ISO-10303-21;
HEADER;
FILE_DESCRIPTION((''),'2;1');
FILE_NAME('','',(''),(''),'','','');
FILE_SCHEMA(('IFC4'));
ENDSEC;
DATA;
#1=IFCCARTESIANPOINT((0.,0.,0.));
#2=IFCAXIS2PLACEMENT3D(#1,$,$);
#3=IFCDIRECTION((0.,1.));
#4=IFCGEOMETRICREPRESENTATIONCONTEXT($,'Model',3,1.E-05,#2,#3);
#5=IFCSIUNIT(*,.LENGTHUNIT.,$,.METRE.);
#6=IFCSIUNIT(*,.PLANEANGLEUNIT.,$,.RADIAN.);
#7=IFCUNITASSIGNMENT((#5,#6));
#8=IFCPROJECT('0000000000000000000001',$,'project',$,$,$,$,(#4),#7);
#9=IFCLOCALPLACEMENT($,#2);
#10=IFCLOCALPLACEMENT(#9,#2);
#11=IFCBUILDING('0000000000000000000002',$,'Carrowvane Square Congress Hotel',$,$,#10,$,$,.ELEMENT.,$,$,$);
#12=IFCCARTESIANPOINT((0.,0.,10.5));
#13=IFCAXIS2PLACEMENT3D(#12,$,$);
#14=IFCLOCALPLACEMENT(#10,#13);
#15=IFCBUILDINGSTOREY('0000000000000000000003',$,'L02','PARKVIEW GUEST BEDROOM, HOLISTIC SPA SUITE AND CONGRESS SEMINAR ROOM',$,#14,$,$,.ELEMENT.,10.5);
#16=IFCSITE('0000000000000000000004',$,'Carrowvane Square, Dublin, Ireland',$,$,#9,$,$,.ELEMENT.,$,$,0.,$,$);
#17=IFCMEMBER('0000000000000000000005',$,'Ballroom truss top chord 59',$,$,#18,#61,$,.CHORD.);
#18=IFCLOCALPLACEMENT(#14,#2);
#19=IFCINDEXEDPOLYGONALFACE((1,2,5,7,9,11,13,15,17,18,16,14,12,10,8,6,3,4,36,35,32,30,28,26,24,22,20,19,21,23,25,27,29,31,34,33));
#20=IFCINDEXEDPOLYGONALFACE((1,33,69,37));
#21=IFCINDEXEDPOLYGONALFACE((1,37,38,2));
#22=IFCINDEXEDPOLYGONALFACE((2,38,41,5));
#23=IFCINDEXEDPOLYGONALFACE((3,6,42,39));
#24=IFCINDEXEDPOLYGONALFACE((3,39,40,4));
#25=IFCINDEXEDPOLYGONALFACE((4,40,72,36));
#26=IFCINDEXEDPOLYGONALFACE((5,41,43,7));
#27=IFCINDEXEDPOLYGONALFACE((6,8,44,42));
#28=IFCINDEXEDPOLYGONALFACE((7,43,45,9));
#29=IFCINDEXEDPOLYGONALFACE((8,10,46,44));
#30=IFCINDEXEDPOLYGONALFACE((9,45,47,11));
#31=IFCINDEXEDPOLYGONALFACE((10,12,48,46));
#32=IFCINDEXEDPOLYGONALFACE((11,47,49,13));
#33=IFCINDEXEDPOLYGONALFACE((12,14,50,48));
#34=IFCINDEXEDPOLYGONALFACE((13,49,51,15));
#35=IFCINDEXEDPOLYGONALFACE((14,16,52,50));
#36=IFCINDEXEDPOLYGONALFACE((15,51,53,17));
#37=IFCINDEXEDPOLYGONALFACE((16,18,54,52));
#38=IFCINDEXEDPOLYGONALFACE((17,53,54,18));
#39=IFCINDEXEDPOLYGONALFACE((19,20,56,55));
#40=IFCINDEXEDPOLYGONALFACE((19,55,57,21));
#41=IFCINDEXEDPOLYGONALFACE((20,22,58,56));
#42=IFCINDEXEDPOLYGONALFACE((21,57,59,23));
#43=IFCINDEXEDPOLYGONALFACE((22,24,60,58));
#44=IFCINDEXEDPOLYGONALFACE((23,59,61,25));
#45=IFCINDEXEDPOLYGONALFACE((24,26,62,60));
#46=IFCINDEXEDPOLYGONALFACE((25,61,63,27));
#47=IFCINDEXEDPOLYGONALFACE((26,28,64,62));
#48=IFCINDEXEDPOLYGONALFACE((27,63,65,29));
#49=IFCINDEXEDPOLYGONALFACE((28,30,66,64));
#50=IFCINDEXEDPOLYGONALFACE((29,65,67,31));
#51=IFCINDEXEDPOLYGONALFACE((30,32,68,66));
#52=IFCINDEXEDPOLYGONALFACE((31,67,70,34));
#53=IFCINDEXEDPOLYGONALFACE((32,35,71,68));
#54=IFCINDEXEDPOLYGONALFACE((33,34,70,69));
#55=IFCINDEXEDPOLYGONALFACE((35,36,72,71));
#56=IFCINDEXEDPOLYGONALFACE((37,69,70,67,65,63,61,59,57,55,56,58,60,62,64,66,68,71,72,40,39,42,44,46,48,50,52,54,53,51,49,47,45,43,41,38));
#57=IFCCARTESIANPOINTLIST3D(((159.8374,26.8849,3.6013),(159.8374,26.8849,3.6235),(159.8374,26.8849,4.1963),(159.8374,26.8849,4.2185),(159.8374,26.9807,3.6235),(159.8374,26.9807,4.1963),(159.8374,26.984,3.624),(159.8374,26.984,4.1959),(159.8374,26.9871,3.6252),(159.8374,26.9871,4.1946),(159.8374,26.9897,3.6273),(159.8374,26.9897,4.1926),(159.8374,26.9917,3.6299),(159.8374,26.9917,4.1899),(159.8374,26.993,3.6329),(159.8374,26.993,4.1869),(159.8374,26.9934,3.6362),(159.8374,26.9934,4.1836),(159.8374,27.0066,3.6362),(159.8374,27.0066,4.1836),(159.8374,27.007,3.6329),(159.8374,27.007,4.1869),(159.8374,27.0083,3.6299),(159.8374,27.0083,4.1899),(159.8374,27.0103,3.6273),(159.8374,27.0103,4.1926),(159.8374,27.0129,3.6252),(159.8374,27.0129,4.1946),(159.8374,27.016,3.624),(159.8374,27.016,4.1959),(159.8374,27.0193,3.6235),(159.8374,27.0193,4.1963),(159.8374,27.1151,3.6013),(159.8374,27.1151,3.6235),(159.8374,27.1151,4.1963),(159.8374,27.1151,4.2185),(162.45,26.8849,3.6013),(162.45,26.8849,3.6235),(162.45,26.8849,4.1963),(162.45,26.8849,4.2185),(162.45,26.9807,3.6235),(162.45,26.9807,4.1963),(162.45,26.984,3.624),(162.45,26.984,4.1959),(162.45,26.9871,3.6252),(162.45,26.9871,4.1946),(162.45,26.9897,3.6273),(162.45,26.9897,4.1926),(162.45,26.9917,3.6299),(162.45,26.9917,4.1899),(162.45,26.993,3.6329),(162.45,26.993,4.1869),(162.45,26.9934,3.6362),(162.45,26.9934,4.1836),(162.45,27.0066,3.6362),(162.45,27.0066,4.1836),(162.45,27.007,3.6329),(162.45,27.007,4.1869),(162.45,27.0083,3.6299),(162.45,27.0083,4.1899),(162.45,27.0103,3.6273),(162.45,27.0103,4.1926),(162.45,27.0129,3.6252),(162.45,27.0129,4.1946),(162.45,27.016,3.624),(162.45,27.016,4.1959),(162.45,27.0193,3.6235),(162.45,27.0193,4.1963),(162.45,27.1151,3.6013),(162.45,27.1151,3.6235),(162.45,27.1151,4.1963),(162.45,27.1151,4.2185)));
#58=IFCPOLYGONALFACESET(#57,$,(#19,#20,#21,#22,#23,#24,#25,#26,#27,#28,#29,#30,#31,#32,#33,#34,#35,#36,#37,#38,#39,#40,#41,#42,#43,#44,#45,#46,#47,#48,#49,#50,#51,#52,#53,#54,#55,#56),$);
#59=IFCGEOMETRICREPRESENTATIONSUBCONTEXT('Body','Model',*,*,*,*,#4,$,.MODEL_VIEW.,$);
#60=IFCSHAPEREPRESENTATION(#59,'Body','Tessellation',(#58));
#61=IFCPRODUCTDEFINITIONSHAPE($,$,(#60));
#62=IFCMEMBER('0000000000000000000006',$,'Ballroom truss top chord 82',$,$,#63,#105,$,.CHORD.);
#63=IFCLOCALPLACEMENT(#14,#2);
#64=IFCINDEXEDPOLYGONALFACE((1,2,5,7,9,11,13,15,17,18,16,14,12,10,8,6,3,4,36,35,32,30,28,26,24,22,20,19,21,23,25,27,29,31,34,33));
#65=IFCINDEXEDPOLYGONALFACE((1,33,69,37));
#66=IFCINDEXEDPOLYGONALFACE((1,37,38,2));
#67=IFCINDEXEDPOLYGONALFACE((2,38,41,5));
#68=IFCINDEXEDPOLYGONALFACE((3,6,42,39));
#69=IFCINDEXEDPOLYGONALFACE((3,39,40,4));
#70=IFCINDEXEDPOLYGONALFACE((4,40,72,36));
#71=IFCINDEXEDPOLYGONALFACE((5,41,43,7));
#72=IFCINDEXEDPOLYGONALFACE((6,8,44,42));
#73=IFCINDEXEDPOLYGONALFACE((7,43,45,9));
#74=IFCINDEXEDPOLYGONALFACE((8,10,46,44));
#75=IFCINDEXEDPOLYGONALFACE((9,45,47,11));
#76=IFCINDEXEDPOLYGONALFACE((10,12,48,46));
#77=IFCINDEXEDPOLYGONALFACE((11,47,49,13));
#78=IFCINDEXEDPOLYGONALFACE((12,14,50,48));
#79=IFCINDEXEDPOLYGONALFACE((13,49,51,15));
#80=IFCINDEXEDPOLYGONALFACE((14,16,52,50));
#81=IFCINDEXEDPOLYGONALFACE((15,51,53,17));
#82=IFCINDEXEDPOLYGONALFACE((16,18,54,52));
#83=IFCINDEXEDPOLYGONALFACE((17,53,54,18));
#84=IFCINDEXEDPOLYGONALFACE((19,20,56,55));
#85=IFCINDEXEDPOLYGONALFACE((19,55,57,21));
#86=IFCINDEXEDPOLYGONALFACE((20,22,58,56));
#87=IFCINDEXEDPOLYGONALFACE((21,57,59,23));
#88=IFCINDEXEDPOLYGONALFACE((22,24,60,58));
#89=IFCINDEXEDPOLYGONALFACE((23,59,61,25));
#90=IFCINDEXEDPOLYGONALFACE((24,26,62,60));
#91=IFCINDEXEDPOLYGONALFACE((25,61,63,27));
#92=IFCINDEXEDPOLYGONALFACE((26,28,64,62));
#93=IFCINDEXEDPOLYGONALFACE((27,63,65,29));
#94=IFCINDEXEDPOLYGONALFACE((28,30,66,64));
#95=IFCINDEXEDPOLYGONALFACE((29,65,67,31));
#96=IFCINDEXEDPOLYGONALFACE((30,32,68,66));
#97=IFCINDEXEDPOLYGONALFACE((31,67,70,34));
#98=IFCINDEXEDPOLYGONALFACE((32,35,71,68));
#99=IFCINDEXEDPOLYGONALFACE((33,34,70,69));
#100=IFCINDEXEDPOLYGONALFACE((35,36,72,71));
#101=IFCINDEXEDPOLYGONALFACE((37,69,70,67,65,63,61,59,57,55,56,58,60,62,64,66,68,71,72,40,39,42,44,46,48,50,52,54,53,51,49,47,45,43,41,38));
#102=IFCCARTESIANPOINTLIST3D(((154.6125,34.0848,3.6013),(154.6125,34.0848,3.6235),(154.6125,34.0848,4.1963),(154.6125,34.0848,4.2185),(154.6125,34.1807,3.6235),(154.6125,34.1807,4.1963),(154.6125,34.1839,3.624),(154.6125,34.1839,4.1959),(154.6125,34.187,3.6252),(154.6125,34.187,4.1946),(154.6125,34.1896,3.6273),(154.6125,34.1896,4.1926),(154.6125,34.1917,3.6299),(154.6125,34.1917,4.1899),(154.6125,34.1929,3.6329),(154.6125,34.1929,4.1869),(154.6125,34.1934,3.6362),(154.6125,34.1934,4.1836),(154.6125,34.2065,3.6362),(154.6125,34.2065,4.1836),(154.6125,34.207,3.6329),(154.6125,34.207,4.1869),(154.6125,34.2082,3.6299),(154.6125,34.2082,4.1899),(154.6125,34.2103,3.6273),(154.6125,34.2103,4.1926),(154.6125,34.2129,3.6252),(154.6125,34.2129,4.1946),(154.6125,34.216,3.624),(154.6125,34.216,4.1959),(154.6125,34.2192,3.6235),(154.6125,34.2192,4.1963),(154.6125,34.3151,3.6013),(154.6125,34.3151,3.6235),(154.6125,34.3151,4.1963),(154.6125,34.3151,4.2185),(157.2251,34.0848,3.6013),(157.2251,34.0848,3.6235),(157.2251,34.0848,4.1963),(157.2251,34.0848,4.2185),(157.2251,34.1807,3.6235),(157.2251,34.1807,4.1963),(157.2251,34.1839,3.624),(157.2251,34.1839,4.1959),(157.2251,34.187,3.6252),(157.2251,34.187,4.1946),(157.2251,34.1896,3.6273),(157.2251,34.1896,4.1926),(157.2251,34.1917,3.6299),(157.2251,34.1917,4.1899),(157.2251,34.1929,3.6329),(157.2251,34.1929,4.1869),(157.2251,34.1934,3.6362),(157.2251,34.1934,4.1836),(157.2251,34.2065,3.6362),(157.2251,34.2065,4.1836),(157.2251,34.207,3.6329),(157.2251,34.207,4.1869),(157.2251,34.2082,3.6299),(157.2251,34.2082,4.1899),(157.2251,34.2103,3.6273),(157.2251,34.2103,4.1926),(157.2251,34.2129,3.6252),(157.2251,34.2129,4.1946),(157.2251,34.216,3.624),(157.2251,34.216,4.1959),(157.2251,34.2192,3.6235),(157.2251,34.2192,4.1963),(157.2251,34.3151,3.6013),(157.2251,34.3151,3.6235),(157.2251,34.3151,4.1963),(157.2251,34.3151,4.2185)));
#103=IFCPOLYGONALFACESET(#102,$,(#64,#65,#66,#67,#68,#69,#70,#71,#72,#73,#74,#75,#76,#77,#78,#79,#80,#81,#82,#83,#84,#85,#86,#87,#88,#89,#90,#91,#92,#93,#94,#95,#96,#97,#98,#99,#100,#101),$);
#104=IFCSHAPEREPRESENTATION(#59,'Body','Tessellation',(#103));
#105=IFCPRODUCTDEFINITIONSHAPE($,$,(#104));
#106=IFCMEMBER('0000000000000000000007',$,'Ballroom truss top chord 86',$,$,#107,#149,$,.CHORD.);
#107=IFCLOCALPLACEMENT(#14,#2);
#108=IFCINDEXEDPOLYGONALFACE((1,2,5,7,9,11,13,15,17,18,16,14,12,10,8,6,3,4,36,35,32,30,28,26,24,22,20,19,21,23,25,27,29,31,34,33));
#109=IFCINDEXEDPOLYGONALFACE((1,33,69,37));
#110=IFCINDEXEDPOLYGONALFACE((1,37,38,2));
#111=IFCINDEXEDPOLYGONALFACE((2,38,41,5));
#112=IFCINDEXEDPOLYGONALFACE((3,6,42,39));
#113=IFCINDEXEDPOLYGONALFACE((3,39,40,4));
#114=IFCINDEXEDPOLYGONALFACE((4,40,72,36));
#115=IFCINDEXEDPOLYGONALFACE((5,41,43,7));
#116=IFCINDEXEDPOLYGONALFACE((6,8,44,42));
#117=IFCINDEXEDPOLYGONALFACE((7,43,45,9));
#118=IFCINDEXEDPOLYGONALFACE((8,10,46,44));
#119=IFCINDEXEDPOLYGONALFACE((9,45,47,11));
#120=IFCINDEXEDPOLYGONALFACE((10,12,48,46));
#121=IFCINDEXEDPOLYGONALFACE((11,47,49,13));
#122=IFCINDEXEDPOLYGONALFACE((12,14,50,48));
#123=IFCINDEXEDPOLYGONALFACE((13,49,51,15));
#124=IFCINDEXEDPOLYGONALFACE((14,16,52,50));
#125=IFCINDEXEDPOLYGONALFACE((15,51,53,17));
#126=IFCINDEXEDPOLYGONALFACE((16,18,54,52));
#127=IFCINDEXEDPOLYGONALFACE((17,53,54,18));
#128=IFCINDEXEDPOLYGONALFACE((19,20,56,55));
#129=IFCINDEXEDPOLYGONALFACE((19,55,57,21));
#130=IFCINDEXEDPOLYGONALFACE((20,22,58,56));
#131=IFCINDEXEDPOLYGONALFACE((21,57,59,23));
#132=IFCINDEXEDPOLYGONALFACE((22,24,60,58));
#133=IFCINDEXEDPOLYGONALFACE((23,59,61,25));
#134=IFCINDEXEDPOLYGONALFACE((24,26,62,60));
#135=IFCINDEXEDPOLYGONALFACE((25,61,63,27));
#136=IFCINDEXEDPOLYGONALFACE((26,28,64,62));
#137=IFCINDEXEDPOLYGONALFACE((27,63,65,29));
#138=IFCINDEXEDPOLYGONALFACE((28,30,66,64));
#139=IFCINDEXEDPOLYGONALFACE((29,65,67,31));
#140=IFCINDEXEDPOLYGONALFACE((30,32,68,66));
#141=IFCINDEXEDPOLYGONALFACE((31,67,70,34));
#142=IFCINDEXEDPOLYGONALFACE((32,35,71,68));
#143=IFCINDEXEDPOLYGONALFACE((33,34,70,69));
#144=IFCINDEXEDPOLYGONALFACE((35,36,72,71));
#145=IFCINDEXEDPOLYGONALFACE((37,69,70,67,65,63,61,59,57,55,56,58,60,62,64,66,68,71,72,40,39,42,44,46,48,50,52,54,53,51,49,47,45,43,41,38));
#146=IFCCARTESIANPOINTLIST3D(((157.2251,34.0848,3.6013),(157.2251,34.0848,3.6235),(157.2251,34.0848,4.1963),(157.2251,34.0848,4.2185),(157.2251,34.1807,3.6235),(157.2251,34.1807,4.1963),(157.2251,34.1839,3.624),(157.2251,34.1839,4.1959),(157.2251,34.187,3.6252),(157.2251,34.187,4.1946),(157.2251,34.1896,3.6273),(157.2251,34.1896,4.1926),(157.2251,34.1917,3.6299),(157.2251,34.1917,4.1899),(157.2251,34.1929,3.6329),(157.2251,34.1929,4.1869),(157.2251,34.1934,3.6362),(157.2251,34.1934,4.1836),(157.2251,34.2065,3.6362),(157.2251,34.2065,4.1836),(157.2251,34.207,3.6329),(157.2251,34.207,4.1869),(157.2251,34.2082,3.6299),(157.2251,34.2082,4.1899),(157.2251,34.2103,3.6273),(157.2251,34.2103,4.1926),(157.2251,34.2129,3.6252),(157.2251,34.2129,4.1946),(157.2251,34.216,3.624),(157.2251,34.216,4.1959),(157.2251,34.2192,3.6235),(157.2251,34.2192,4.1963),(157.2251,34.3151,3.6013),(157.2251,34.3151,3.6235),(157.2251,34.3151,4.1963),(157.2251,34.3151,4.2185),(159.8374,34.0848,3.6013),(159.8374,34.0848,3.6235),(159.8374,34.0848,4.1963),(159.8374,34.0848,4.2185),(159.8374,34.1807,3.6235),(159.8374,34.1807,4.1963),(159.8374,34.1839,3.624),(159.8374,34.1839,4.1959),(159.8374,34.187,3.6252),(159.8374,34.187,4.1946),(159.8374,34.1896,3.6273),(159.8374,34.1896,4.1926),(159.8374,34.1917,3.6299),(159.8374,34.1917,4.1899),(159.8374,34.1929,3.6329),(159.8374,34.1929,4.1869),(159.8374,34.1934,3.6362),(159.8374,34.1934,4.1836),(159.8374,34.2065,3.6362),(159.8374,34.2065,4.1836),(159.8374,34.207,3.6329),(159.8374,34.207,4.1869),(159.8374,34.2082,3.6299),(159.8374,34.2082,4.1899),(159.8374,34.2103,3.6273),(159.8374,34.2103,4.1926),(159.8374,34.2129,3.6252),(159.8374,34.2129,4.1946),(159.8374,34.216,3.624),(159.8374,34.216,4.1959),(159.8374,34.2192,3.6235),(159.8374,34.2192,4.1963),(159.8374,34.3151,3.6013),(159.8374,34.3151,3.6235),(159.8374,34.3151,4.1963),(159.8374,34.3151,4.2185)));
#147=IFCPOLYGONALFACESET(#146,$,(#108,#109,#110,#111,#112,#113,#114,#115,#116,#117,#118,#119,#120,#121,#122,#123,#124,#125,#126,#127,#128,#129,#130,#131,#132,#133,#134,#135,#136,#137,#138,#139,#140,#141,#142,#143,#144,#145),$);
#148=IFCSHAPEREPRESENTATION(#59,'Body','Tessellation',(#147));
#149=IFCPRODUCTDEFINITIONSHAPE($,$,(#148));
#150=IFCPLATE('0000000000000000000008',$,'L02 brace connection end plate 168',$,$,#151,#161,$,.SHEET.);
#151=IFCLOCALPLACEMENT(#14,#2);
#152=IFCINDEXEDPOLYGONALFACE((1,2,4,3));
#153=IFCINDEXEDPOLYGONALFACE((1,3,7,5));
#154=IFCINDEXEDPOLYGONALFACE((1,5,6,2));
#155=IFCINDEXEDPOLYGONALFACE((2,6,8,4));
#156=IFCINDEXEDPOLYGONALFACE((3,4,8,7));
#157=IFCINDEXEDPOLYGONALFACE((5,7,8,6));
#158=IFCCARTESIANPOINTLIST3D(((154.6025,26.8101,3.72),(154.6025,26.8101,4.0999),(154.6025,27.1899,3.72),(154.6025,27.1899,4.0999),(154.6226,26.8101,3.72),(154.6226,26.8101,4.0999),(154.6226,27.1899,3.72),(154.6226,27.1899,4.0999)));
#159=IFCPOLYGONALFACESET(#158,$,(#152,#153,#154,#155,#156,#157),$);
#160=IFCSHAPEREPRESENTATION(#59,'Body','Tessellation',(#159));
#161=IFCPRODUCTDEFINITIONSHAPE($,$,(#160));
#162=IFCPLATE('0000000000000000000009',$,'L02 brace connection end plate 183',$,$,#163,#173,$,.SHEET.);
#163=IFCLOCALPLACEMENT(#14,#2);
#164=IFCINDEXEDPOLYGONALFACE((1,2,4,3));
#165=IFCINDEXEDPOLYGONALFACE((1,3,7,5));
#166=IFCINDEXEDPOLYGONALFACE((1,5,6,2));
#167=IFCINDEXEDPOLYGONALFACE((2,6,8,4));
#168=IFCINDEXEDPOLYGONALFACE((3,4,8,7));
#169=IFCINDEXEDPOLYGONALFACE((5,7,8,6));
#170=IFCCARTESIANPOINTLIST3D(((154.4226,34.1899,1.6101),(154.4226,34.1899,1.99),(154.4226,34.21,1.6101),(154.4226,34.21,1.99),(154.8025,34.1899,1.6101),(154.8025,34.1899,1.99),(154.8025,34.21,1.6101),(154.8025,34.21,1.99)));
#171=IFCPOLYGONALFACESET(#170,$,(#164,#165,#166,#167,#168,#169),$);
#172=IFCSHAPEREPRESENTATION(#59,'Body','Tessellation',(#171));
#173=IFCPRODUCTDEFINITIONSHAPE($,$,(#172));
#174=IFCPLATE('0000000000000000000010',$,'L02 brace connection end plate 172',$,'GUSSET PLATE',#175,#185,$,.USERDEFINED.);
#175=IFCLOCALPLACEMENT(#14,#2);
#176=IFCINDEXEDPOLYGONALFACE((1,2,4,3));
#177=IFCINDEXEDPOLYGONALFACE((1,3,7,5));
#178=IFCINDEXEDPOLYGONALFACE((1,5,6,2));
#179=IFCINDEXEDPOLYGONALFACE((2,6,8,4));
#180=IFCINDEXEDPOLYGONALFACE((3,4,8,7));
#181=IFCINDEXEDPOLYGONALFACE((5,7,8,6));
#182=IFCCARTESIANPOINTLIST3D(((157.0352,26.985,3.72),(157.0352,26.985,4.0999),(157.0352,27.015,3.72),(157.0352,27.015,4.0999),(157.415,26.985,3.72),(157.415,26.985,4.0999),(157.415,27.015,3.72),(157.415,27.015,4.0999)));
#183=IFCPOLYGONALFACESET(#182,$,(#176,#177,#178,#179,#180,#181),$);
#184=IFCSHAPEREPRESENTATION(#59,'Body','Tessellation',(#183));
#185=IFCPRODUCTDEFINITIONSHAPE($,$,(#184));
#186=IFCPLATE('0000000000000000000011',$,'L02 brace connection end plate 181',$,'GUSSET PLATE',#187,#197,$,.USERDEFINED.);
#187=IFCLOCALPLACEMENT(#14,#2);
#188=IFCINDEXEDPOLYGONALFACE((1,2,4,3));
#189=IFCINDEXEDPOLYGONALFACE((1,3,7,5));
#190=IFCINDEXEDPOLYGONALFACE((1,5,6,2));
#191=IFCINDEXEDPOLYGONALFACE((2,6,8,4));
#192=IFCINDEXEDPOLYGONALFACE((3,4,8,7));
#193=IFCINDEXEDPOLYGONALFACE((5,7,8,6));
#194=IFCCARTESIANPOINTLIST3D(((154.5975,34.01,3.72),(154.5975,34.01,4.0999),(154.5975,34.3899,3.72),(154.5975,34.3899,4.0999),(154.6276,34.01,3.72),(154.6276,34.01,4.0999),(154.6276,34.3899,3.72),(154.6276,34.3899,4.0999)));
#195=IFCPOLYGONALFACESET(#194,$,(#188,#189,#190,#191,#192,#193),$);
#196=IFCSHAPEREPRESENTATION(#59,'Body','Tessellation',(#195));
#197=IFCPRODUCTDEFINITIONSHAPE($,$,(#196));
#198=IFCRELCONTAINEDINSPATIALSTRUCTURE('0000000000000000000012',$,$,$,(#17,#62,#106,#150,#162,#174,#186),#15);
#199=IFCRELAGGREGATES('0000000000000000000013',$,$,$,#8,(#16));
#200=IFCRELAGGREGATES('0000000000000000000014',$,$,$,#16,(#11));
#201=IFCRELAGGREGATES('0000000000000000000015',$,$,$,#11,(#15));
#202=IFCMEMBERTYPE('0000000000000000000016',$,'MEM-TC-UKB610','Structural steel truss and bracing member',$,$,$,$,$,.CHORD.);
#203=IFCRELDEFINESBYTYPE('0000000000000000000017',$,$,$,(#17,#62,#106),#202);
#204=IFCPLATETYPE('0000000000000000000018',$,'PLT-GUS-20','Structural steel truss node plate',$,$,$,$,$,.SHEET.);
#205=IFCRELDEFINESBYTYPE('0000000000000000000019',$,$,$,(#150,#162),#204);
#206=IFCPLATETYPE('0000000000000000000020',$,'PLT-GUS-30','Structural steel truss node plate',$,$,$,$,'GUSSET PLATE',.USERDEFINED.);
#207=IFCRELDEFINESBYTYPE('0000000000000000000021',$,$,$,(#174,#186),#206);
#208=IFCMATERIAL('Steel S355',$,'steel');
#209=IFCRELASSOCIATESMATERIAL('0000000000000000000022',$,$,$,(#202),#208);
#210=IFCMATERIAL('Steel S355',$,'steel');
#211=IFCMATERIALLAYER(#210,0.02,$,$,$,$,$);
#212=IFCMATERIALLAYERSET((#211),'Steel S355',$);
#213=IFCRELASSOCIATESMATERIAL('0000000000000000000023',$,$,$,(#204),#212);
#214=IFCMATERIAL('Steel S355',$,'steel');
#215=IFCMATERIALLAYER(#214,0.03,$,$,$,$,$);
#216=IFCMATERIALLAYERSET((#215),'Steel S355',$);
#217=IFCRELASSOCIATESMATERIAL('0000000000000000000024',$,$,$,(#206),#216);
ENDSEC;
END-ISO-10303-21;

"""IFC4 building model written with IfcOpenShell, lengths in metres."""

from ifc_helpers import new_model, si_unit, direction, frame, origin, origin_2d, place, context, subcontext, project, spatial, rectangle, i_section, extrude, material, layer, layer_set, material_profile, profile_set, type_object, element, save


model = new_model("IFC4")

# Units and contexts
model_context = context("Model", 3, precision=1e-05, world=origin(), true_north=direction((0.0, 1.0)))
body_context = subcontext(model_context, "Body", "Model", "MODEL_VIEW")
ifc_project = project(units=[si_unit("LENGTHUNIT", "METRE"), si_unit("PLANEANGLEUNIT", "RADIAN")], contexts=[model_context])

# Site, building, storey
site_placement = place(None, origin())
site = spatial("IfcSite", under=ifc_project, at=site_placement, Name="Carrowvane Square, Dublin, Ireland", CompositionType="ELEMENT", RefElevation=0.0)
building_placement = place(site_placement, origin())
building = spatial("IfcBuilding", under=site, at=building_placement, Name="Carrowvane Square Congress Hotel", CompositionType="ELEMENT")
storey_placement = place(building_placement, frame((0.0, 0.0, 10.5)))
storey = spatial("IfcBuildingStorey", under=building, at=storey_placement, Name="L02", Description="PARKVIEW GUEST BEDROOM, HOLISTIC SPA SUITE AND CONGRESS SEMINAR ROOM", CompositionType="ELEMENT", Elevation=10.5)

# Members
ifc_material_1 = material(Name="Steel S355", Category="steel")
ifc_material_profile_1 = material_profile(ifc_material_1, i_section(OverallWidth=0.2302, OverallDepth=0.6172, WebThickness=0.0132, FlangeThickness=0.0222, FilletRadius=0.0127, at=origin_2d()), Name="UKB 610x229x140")
ifc_profile_set_1 = profile_set([ifc_material_profile_1], Name="Steel S355")
member_type_1 = type_object("IfcMemberType", Name="MEM-TC-UKB610", Description="Structural steel truss and bracing member", PredefinedType="CHORD", material=ifc_profile_set_1)
for number, where, z_axis, x_axis, name in (
    (1, (159.8374, 27.0, 3.9099), (1.0, 0.0, 0.0), (0.0, 1.0, 0.0), "Ballroom truss top chord 59"),
    (2, (154.6125, 34.2, 3.9099), (1.0, 0.0, 0.0), (0.0, 1.0, 0.0), "Ballroom truss top chord 82"),
):
    element("IfcMember", number, at=place(storey_placement, frame(where, z_axis=z_axis, x_axis=x_axis)), inside=storey, type_object=member_type_1, Name=name, PredefinedType="CHORD", context=body_context, shape_type="SweptSolid", body=[
        extrude(i_section(OverallWidth=0.2302, OverallDepth=0.6172, WebThickness=0.0132, FlangeThickness=0.0222, FilletRadius=0.0127, at=origin_2d()), origin(), (0.0, 0.0, 1.0), 2.6125),
    ])
member_1_placement = place(storey_placement, frame((157.2251, 34.2, 3.9099), z_axis=(1.0, 0.0, 0.0), x_axis=(0.0, 1.0, 0.0)))
element("IfcMember", 3, at=member_1_placement, inside=storey, type_object=member_type_1, Name="Ballroom truss top chord 86", PredefinedType="CHORD", context=body_context, shape_type="SweptSolid", body=[
    extrude(i_section(OverallWidth=0.2302, OverallDepth=0.6172, WebThickness=0.0132, FlangeThickness=0.0222, FilletRadius=0.0127, at=origin_2d()), origin(), (0.0, 0.0, 1.0), 2.6123),
])

# Plates
ifc_material_2 = material(Name="Steel S355", Category="steel")
ifc_layer_1 = layer(ifc_material_2, 0.02)
ifc_layer_set_1 = layer_set([ifc_layer_1], Name="Steel S355")
plate_type_1 = type_object("IfcPlateType", Name="PLT-GUS-20", Description="Structural steel truss node plate", PredefinedType="SHEET", material=ifc_layer_set_1)
plate_1_placement = place(storey_placement, frame((154.6125, 27.0, 3.72), z_axis=(0.0, 0.0, 1.0), x_axis=(1.0, 0.0, 0.0)))
element("IfcPlate", 4, at=plate_1_placement, inside=storey, type_object=plate_type_1, Name="L02 brace connection end plate 168", PredefinedType="SHEET", context=body_context, shape_type="SweptSolid", body=[
    extrude(rectangle(XDim=0.02, YDim=0.3799, at=origin_2d()), origin(), (0.0, 0.0, 1.0), 0.3799),
])
plate_2_placement = place(storey_placement, frame((154.6125, 34.2, 1.6101), z_axis=(0.0, 0.0, 1.0), x_axis=(1.0, 0.0, 0.0)))
element("IfcPlate", 5, at=plate_2_placement, inside=storey, type_object=plate_type_1, Name="L02 brace connection end plate 183", PredefinedType="SHEET", context=body_context, shape_type="SweptSolid", body=[
    extrude(rectangle(XDim=0.3799, YDim=0.02, at=origin_2d()), origin(), (0.0, 0.0, 1.0), 0.3799),
])
ifc_material_3 = material(Name="Steel S355", Category="steel")
ifc_layer_2 = layer(ifc_material_3, 0.03)
ifc_layer_set_2 = layer_set([ifc_layer_2], Name="Steel S355")
plate_type_2 = type_object("IfcPlateType", Name="PLT-GUS-30", Description="Structural steel truss node plate", ElementType="GUSSET PLATE", PredefinedType="USERDEFINED", material=ifc_layer_set_2)
plate_3_placement = place(storey_placement, frame((157.2251, 27.0, 3.72), z_axis=(0.0, 0.0, 1.0), x_axis=(1.0, 0.0, 0.0)))
element("IfcPlate", 6, at=plate_3_placement, inside=storey, type_object=plate_type_2, Name="L02 brace connection end plate 172", ObjectType="GUSSET PLATE", PredefinedType="USERDEFINED", context=body_context, shape_type="SweptSolid", body=[
    extrude(rectangle(XDim=0.3799, YDim=0.03, at=origin_2d()), origin(), (0.0, 0.0, 1.0), 0.3799),
])
plate_4_placement = place(storey_placement, frame((154.6125, 34.2, 3.72), z_axis=(0.0, 0.0, 1.0), x_axis=(1.0, 0.0, 0.0)))
element("IfcPlate", 7, at=plate_4_placement, inside=storey, type_object=plate_type_2, Name="L02 brace connection end plate 181", ObjectType="GUSSET PLATE", PredefinedType="USERDEFINED", context=body_context, shape_type="SweptSolid", body=[
    extrude(rectangle(XDim=0.03, YDim=0.3799, at=origin_2d()), origin(), (0.0, 0.0, 1.0), 0.3799),
])

save(model, "model.ifc")
